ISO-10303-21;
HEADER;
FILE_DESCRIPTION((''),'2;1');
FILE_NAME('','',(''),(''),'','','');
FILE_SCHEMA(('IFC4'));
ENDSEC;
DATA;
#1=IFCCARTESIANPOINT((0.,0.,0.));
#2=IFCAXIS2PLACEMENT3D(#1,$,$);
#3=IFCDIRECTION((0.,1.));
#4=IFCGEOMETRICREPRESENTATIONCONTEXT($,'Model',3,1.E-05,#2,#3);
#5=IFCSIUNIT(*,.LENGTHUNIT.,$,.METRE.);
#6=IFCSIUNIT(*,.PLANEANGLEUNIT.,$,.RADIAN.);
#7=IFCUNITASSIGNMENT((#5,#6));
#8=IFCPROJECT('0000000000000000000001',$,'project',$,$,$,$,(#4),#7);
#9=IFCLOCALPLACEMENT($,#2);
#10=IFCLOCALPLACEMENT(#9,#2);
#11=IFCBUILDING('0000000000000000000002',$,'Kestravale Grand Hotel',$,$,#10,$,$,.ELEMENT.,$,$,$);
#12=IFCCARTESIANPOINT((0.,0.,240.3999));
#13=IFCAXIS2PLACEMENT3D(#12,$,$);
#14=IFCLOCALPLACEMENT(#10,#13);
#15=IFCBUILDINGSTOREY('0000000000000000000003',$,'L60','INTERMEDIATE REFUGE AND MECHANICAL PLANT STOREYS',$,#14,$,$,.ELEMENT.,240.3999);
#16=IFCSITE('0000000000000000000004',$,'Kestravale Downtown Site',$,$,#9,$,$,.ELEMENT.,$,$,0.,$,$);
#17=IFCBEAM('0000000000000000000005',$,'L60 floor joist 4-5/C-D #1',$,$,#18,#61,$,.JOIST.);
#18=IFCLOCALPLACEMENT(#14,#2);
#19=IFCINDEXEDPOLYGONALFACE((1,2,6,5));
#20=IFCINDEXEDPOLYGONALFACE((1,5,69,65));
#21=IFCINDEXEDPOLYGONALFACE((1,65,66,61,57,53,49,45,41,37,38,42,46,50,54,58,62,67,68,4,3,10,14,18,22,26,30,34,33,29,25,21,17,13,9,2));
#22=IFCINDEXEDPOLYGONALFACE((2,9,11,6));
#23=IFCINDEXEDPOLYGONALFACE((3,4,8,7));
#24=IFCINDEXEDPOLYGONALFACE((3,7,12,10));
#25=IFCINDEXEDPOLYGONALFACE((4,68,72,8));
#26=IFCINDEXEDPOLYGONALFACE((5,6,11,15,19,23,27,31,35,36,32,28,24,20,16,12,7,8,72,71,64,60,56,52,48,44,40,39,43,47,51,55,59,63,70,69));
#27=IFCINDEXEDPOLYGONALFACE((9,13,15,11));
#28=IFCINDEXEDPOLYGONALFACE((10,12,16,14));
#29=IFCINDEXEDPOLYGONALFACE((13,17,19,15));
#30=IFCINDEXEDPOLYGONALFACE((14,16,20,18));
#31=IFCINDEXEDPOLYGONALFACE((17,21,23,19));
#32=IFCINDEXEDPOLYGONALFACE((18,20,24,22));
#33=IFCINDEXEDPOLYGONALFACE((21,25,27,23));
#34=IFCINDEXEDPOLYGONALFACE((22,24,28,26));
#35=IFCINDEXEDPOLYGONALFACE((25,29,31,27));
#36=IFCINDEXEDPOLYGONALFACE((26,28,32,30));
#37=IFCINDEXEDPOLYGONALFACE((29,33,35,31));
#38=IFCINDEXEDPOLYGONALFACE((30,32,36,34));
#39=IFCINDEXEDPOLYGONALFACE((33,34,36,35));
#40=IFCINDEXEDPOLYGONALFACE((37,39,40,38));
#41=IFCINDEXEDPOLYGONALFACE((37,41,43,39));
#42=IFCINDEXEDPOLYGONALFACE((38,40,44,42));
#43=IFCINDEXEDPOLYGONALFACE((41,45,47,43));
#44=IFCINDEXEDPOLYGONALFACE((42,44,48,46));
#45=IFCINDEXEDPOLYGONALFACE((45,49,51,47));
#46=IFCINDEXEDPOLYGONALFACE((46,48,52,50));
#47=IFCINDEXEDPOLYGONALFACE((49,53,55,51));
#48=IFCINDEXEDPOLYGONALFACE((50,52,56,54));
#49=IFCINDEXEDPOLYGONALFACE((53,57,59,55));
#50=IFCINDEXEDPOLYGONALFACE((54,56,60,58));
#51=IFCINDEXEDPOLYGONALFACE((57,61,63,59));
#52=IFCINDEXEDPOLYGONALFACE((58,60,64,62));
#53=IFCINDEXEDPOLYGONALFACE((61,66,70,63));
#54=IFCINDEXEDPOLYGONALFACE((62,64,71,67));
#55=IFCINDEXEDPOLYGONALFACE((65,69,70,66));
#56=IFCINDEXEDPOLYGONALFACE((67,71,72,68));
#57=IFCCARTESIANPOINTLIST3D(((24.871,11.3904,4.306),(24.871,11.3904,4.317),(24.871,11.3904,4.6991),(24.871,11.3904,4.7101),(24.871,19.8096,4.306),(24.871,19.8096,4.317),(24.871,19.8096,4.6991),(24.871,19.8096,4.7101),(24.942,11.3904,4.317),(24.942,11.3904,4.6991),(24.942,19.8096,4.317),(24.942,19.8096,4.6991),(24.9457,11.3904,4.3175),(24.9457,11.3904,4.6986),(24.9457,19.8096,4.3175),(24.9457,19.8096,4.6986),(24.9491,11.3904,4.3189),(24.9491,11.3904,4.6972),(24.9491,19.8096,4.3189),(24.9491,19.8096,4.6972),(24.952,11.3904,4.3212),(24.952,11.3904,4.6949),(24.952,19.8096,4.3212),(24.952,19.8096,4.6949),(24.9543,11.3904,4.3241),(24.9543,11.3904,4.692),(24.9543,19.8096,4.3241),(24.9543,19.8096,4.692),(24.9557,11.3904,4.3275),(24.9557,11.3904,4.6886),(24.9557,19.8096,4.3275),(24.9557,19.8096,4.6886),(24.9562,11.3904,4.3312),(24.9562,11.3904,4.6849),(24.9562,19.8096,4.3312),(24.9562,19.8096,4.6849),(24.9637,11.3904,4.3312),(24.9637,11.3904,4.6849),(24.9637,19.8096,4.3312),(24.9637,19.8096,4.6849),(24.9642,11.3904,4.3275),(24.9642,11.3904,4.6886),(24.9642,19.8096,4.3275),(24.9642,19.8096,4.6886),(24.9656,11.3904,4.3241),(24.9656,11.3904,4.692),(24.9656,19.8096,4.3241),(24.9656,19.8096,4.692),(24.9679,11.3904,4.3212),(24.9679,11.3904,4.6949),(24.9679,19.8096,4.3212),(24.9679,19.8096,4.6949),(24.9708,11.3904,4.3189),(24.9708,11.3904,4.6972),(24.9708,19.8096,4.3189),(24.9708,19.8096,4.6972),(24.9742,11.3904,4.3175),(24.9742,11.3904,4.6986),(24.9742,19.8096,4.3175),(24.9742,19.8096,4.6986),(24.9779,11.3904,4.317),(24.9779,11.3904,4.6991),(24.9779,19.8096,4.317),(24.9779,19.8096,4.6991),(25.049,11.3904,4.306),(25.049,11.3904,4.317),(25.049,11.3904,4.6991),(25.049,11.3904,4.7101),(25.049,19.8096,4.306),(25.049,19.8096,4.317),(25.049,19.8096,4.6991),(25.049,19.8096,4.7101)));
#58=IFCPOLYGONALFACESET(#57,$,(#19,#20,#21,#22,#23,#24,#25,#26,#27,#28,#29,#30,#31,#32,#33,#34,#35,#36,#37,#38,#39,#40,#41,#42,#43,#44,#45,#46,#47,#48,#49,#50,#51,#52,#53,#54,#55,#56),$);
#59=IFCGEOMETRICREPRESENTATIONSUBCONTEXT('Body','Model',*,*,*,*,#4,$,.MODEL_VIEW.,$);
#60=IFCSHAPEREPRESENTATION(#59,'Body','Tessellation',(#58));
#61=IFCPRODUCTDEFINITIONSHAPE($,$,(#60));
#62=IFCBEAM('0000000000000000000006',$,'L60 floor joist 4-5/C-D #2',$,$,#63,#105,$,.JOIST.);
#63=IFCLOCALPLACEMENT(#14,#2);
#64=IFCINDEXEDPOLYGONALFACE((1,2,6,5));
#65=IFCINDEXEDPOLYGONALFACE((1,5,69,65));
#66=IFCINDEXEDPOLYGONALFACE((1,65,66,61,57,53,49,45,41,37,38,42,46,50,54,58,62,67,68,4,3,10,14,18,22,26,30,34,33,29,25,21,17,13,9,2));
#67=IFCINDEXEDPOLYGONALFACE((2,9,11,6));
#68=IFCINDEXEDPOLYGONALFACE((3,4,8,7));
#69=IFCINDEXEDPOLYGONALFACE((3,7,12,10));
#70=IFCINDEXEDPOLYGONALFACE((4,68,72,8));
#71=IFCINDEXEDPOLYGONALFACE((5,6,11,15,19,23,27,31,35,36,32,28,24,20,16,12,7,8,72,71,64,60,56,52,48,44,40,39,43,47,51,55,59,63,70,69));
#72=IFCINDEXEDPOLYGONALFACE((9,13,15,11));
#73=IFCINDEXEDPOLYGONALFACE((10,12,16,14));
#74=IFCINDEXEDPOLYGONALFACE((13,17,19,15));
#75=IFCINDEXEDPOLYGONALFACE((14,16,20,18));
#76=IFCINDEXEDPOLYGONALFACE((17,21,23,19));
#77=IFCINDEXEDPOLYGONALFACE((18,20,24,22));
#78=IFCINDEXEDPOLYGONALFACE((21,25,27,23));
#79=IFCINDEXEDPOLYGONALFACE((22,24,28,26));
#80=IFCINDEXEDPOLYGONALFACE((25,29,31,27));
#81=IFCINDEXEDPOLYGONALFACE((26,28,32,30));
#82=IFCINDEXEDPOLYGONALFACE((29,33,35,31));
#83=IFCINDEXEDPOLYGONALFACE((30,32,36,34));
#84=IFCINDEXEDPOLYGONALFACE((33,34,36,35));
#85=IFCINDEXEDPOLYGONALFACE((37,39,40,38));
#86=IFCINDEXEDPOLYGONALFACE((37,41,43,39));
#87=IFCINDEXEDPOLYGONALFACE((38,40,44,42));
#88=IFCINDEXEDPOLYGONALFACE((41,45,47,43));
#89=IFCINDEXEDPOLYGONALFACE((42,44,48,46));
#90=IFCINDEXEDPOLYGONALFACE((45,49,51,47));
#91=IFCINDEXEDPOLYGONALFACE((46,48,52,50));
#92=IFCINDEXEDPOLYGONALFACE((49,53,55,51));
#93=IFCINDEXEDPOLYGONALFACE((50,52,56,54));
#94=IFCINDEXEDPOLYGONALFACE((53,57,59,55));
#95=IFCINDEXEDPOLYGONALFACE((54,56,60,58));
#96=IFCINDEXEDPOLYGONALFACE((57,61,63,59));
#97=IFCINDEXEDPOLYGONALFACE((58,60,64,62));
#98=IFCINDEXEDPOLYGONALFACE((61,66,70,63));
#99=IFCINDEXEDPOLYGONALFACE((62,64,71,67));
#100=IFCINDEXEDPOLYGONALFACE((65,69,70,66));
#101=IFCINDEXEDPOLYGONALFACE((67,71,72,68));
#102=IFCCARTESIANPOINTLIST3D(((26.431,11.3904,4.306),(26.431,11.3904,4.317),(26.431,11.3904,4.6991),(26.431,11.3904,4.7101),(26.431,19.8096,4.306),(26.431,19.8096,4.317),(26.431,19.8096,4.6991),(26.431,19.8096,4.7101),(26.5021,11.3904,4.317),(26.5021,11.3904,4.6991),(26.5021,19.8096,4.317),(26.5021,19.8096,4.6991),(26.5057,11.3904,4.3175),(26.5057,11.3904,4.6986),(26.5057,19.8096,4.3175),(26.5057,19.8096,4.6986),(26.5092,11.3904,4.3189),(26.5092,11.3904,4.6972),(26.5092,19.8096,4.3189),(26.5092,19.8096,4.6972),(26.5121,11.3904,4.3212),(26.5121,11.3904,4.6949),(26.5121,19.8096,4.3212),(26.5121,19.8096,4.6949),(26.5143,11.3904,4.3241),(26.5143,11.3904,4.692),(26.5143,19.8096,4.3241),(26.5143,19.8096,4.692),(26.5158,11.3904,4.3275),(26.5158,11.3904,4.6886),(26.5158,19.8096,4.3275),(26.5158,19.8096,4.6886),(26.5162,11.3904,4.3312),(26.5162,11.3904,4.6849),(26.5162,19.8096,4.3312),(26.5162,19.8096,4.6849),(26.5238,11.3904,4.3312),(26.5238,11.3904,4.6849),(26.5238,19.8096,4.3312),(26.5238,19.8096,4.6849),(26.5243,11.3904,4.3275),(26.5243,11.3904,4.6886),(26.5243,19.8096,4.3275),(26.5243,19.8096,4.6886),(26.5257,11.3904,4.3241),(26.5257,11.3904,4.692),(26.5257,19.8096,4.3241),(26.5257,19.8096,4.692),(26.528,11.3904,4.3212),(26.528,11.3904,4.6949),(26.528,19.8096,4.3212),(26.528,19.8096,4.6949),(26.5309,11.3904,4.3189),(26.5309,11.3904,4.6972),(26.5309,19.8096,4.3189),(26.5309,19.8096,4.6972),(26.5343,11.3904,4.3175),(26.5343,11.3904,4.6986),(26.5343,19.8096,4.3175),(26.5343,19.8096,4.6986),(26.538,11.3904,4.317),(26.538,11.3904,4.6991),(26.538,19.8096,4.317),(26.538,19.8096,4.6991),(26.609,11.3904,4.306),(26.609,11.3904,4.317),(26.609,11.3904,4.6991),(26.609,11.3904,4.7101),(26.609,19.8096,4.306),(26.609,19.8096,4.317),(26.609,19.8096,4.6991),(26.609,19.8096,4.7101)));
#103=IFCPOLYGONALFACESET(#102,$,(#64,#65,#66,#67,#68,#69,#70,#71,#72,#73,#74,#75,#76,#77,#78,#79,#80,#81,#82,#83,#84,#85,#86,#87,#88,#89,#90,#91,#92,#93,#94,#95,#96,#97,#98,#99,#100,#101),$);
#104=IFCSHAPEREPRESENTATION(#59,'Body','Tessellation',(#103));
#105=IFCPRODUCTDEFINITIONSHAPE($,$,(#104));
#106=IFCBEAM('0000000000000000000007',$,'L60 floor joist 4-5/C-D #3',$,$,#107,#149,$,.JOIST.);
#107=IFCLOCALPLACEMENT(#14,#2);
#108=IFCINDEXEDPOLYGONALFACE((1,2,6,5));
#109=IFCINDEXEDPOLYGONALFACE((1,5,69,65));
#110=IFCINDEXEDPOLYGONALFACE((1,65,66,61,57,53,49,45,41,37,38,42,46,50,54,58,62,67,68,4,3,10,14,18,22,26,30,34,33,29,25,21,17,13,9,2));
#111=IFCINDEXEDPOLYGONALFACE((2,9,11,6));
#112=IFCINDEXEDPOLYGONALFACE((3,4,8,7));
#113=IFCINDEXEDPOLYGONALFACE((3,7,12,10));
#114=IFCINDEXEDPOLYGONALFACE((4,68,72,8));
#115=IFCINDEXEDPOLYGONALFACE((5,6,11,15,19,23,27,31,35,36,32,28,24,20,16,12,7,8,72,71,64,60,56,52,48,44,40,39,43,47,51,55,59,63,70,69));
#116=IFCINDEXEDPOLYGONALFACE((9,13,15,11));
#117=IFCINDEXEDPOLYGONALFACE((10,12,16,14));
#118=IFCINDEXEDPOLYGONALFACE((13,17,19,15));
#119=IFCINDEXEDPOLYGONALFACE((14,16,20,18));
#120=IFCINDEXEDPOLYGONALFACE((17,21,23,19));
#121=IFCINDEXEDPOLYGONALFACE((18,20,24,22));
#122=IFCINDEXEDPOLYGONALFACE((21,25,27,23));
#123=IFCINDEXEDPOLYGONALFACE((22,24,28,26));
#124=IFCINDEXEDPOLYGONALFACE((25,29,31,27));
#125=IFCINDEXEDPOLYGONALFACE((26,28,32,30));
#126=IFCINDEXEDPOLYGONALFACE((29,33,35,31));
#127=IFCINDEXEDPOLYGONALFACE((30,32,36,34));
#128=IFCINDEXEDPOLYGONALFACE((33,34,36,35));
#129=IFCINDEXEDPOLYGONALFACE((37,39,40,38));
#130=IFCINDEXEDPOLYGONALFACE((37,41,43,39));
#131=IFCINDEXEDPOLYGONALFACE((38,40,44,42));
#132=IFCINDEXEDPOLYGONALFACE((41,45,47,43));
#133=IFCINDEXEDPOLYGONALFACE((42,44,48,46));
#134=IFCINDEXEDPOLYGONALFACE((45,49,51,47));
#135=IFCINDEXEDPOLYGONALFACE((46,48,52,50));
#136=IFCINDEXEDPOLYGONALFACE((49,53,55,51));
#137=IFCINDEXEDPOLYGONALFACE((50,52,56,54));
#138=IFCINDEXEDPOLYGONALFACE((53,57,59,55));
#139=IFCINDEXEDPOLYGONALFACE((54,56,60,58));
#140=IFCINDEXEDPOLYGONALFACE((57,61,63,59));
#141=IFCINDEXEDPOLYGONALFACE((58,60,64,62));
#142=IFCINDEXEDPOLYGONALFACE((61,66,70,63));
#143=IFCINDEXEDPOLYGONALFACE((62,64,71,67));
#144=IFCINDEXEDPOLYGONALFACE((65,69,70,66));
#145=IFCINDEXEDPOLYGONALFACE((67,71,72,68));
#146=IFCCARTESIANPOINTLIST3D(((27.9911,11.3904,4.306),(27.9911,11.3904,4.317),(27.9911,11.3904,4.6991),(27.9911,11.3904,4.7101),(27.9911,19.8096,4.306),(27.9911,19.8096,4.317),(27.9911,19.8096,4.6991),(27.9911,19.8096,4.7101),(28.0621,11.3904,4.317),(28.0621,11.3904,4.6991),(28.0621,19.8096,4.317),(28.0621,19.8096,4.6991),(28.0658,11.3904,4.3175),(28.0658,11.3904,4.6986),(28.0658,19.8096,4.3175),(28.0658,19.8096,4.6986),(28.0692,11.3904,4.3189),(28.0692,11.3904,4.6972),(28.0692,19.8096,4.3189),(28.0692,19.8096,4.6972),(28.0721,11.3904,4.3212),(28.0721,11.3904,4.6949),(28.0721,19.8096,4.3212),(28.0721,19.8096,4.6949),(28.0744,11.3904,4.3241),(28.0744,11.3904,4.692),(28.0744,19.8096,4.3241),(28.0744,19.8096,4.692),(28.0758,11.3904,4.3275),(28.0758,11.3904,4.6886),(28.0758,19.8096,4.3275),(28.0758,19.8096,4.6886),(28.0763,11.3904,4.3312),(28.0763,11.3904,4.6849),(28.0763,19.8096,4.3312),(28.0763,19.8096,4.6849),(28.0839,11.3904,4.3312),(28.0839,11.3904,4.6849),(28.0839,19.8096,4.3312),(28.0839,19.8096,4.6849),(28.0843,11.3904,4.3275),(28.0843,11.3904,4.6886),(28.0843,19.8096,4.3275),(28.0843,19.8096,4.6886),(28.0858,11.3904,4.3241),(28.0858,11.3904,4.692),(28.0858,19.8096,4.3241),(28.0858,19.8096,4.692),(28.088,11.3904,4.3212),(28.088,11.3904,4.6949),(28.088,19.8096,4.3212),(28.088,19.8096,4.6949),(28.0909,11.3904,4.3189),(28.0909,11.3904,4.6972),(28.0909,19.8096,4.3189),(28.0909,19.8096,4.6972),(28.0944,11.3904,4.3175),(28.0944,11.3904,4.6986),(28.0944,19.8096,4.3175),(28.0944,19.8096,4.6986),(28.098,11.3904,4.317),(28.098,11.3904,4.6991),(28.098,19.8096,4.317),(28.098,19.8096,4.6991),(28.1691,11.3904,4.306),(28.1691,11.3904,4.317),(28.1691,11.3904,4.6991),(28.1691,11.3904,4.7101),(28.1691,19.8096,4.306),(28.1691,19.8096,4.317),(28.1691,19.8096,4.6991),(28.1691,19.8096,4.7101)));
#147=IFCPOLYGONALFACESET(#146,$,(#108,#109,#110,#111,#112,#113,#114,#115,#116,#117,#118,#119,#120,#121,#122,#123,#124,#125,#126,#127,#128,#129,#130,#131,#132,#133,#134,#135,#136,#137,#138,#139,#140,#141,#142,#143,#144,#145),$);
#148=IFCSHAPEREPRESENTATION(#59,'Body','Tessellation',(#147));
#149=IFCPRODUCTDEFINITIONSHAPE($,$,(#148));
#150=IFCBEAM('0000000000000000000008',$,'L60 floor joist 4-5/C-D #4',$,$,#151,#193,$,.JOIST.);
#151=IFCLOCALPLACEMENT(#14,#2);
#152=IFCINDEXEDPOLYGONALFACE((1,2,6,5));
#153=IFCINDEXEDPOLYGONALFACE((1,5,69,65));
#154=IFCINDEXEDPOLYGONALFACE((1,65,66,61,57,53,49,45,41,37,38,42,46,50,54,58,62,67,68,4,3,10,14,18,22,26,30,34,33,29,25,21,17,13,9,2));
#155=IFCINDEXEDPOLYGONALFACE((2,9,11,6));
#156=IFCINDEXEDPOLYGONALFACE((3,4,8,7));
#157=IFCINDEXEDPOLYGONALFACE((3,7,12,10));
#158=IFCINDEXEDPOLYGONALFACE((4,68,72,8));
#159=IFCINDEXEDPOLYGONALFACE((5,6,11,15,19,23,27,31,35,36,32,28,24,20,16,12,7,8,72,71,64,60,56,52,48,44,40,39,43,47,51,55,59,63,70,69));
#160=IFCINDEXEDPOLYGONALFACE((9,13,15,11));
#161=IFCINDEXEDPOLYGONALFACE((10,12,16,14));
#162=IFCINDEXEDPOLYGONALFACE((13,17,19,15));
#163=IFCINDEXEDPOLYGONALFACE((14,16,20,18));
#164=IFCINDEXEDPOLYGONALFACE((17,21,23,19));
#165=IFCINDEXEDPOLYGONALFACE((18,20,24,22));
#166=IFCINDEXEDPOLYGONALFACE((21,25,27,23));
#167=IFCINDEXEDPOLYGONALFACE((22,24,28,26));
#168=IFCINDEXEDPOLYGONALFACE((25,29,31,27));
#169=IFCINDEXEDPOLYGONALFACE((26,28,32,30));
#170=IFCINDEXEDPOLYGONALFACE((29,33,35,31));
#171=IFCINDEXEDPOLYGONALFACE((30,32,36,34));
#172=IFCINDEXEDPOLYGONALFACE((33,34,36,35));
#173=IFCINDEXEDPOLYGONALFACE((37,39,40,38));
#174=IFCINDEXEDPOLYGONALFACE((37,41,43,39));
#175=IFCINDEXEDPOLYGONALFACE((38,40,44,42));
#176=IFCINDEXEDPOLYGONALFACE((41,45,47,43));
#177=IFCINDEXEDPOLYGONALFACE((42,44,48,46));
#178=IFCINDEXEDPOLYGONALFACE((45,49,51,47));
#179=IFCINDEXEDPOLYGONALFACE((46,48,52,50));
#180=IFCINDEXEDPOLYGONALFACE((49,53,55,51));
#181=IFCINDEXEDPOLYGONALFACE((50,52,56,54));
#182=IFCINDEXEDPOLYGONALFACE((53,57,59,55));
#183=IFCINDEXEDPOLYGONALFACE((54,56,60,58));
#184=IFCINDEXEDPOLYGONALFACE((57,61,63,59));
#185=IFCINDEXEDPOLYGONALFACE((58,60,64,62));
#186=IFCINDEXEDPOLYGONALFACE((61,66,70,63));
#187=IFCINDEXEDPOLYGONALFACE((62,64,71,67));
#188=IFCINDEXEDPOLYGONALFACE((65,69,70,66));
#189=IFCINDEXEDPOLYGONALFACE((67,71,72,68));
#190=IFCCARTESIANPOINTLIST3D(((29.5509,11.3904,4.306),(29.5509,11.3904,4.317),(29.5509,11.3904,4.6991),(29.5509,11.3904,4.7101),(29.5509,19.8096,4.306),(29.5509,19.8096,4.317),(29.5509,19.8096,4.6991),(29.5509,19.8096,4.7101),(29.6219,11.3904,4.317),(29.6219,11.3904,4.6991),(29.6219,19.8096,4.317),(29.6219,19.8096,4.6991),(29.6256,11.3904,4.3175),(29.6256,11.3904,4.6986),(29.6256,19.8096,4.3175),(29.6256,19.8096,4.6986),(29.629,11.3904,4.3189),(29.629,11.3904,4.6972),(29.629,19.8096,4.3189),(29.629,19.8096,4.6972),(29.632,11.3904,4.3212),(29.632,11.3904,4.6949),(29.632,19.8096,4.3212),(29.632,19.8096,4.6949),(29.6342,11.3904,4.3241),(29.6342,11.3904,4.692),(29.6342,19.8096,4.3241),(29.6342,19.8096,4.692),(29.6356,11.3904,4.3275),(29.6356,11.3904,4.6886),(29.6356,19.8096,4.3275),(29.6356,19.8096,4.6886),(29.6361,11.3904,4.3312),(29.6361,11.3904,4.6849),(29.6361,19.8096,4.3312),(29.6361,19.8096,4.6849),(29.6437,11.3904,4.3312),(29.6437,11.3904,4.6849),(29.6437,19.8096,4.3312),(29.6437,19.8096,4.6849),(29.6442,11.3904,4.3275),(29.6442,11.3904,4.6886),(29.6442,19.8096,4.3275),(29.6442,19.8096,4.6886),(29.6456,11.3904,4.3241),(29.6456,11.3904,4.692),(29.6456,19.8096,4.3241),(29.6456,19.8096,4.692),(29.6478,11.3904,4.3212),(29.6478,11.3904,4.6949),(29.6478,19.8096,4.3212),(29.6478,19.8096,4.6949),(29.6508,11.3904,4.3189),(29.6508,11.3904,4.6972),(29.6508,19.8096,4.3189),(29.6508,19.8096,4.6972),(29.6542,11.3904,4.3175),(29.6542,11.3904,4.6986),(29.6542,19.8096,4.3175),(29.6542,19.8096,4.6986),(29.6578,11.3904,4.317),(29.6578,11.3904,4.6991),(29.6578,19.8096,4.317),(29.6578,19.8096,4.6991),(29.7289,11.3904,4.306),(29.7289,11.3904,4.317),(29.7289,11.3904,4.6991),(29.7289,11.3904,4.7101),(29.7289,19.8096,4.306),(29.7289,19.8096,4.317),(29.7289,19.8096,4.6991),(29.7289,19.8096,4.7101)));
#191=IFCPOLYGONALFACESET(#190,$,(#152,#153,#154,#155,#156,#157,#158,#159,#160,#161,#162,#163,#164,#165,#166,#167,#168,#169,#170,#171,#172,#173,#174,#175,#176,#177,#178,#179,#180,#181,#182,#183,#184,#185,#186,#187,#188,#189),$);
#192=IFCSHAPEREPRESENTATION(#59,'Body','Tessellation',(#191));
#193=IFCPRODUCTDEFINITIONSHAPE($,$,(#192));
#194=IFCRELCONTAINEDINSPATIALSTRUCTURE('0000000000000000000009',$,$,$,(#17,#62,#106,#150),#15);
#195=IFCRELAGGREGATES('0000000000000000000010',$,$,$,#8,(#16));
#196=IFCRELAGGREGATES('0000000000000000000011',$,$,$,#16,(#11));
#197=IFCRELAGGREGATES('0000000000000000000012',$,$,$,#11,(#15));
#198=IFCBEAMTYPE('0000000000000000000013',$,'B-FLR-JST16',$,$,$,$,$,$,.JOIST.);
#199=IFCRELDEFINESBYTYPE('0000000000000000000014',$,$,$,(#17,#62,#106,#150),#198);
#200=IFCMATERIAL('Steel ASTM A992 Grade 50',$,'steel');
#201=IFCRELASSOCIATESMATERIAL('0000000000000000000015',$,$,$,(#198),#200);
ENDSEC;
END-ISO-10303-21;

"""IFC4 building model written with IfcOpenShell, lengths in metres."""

from ifc_helpers import new_model, si_unit, direction, frame, origin, origin_2d, place, context, subcontext, project, spatial, i_section, extrude, material, material_profile, profile_set, type_object, element, save


model = new_model("IFC4")

# Units and contexts
model_context = context("Model", 3, precision=1e-05, world=origin(), true_north=direction((0.0, 1.0)))
body_context = subcontext(model_context, "Body", "Model", "MODEL_VIEW")
ifc_project = project(units=[si_unit("LENGTHUNIT", "METRE"), si_unit("PLANEANGLEUNIT", "RADIAN")], contexts=[model_context])

# Site, building, storey
site_placement = place(None, origin())
site = spatial("IfcSite", under=ifc_project, at=site_placement, Name="Kestravale Downtown Site", CompositionType="ELEMENT", RefElevation=0.0)
building_placement = place(site_placement, origin())
building = spatial("IfcBuilding", under=site, at=building_placement, Name="Kestravale Grand Hotel", CompositionType="ELEMENT")
storey_placement = place(building_placement, frame((0.0, 0.0, 240.3999)))
storey = spatial("IfcBuildingStorey", under=building, at=storey_placement, Name="L60", Description="INTERMEDIATE REFUGE AND MECHANICAL PLANT STOREYS", CompositionType="ELEMENT", Elevation=240.3999)

# Beams
ifc_material_1 = material(Name="Steel ASTM A992 Grade 50", Category="steel")
ifc_material_profile_1 = material_profile(ifc_material_1, i_section(OverallWidth=0.178, OverallDepth=0.4041, WebThickness=0.0076, FlangeThickness=0.011, FilletRadius=0.0142, at=origin_2d()))
ifc_profile_set_1 = profile_set([ifc_material_profile_1], Name="Steel ASTM A992 Grade 50")
beam_type_1 = type_object("IfcBeamType", Name="B-FLR-JST16", PredefinedType="JOIST", material=ifc_profile_set_1)
for number, where, z_axis, x_axis, name in (
    (1, (24.96, 11.3904, 4.5081), (0.0, 1.0, 0.0), (-1.0, 0.0, 0.0), "L60 floor joist 4-5/C-D #1"),
    (2, (26.52, 11.3904, 4.5081), (0.0, 1.0, 0.0), (-1.0, 0.0, 0.0), "L60 floor joist 4-5/C-D #2"),
    (3, (28.0801, 11.3904, 4.5081), (0.0, 1.0, 0.0), (-1.0, 0.0, 0.0), "L60 floor joist 4-5/C-D #3"),
    (4, (29.6399, 11.3904, 4.5081), (0.0, 1.0, 0.0), (-1.0, 0.0, 0.0), "L60 floor joist 4-5/C-D #4"),
):
    element("IfcBeam", number, at=place(storey_placement, frame(where, z_axis=z_axis, x_axis=x_axis)), inside=storey, type_object=beam_type_1, Name=name, PredefinedType="JOIST", context=body_context, shape_type="SweptSolid", body=[
        extrude(i_section(OverallWidth=0.178, OverallDepth=0.4041, WebThickness=0.0076, FlangeThickness=0.011, FilletRadius=0.0142, at=origin_2d()), origin(), (0.0, 0.0, 1.0), 8.4192),
    ])

save(model, "model.ifc")
